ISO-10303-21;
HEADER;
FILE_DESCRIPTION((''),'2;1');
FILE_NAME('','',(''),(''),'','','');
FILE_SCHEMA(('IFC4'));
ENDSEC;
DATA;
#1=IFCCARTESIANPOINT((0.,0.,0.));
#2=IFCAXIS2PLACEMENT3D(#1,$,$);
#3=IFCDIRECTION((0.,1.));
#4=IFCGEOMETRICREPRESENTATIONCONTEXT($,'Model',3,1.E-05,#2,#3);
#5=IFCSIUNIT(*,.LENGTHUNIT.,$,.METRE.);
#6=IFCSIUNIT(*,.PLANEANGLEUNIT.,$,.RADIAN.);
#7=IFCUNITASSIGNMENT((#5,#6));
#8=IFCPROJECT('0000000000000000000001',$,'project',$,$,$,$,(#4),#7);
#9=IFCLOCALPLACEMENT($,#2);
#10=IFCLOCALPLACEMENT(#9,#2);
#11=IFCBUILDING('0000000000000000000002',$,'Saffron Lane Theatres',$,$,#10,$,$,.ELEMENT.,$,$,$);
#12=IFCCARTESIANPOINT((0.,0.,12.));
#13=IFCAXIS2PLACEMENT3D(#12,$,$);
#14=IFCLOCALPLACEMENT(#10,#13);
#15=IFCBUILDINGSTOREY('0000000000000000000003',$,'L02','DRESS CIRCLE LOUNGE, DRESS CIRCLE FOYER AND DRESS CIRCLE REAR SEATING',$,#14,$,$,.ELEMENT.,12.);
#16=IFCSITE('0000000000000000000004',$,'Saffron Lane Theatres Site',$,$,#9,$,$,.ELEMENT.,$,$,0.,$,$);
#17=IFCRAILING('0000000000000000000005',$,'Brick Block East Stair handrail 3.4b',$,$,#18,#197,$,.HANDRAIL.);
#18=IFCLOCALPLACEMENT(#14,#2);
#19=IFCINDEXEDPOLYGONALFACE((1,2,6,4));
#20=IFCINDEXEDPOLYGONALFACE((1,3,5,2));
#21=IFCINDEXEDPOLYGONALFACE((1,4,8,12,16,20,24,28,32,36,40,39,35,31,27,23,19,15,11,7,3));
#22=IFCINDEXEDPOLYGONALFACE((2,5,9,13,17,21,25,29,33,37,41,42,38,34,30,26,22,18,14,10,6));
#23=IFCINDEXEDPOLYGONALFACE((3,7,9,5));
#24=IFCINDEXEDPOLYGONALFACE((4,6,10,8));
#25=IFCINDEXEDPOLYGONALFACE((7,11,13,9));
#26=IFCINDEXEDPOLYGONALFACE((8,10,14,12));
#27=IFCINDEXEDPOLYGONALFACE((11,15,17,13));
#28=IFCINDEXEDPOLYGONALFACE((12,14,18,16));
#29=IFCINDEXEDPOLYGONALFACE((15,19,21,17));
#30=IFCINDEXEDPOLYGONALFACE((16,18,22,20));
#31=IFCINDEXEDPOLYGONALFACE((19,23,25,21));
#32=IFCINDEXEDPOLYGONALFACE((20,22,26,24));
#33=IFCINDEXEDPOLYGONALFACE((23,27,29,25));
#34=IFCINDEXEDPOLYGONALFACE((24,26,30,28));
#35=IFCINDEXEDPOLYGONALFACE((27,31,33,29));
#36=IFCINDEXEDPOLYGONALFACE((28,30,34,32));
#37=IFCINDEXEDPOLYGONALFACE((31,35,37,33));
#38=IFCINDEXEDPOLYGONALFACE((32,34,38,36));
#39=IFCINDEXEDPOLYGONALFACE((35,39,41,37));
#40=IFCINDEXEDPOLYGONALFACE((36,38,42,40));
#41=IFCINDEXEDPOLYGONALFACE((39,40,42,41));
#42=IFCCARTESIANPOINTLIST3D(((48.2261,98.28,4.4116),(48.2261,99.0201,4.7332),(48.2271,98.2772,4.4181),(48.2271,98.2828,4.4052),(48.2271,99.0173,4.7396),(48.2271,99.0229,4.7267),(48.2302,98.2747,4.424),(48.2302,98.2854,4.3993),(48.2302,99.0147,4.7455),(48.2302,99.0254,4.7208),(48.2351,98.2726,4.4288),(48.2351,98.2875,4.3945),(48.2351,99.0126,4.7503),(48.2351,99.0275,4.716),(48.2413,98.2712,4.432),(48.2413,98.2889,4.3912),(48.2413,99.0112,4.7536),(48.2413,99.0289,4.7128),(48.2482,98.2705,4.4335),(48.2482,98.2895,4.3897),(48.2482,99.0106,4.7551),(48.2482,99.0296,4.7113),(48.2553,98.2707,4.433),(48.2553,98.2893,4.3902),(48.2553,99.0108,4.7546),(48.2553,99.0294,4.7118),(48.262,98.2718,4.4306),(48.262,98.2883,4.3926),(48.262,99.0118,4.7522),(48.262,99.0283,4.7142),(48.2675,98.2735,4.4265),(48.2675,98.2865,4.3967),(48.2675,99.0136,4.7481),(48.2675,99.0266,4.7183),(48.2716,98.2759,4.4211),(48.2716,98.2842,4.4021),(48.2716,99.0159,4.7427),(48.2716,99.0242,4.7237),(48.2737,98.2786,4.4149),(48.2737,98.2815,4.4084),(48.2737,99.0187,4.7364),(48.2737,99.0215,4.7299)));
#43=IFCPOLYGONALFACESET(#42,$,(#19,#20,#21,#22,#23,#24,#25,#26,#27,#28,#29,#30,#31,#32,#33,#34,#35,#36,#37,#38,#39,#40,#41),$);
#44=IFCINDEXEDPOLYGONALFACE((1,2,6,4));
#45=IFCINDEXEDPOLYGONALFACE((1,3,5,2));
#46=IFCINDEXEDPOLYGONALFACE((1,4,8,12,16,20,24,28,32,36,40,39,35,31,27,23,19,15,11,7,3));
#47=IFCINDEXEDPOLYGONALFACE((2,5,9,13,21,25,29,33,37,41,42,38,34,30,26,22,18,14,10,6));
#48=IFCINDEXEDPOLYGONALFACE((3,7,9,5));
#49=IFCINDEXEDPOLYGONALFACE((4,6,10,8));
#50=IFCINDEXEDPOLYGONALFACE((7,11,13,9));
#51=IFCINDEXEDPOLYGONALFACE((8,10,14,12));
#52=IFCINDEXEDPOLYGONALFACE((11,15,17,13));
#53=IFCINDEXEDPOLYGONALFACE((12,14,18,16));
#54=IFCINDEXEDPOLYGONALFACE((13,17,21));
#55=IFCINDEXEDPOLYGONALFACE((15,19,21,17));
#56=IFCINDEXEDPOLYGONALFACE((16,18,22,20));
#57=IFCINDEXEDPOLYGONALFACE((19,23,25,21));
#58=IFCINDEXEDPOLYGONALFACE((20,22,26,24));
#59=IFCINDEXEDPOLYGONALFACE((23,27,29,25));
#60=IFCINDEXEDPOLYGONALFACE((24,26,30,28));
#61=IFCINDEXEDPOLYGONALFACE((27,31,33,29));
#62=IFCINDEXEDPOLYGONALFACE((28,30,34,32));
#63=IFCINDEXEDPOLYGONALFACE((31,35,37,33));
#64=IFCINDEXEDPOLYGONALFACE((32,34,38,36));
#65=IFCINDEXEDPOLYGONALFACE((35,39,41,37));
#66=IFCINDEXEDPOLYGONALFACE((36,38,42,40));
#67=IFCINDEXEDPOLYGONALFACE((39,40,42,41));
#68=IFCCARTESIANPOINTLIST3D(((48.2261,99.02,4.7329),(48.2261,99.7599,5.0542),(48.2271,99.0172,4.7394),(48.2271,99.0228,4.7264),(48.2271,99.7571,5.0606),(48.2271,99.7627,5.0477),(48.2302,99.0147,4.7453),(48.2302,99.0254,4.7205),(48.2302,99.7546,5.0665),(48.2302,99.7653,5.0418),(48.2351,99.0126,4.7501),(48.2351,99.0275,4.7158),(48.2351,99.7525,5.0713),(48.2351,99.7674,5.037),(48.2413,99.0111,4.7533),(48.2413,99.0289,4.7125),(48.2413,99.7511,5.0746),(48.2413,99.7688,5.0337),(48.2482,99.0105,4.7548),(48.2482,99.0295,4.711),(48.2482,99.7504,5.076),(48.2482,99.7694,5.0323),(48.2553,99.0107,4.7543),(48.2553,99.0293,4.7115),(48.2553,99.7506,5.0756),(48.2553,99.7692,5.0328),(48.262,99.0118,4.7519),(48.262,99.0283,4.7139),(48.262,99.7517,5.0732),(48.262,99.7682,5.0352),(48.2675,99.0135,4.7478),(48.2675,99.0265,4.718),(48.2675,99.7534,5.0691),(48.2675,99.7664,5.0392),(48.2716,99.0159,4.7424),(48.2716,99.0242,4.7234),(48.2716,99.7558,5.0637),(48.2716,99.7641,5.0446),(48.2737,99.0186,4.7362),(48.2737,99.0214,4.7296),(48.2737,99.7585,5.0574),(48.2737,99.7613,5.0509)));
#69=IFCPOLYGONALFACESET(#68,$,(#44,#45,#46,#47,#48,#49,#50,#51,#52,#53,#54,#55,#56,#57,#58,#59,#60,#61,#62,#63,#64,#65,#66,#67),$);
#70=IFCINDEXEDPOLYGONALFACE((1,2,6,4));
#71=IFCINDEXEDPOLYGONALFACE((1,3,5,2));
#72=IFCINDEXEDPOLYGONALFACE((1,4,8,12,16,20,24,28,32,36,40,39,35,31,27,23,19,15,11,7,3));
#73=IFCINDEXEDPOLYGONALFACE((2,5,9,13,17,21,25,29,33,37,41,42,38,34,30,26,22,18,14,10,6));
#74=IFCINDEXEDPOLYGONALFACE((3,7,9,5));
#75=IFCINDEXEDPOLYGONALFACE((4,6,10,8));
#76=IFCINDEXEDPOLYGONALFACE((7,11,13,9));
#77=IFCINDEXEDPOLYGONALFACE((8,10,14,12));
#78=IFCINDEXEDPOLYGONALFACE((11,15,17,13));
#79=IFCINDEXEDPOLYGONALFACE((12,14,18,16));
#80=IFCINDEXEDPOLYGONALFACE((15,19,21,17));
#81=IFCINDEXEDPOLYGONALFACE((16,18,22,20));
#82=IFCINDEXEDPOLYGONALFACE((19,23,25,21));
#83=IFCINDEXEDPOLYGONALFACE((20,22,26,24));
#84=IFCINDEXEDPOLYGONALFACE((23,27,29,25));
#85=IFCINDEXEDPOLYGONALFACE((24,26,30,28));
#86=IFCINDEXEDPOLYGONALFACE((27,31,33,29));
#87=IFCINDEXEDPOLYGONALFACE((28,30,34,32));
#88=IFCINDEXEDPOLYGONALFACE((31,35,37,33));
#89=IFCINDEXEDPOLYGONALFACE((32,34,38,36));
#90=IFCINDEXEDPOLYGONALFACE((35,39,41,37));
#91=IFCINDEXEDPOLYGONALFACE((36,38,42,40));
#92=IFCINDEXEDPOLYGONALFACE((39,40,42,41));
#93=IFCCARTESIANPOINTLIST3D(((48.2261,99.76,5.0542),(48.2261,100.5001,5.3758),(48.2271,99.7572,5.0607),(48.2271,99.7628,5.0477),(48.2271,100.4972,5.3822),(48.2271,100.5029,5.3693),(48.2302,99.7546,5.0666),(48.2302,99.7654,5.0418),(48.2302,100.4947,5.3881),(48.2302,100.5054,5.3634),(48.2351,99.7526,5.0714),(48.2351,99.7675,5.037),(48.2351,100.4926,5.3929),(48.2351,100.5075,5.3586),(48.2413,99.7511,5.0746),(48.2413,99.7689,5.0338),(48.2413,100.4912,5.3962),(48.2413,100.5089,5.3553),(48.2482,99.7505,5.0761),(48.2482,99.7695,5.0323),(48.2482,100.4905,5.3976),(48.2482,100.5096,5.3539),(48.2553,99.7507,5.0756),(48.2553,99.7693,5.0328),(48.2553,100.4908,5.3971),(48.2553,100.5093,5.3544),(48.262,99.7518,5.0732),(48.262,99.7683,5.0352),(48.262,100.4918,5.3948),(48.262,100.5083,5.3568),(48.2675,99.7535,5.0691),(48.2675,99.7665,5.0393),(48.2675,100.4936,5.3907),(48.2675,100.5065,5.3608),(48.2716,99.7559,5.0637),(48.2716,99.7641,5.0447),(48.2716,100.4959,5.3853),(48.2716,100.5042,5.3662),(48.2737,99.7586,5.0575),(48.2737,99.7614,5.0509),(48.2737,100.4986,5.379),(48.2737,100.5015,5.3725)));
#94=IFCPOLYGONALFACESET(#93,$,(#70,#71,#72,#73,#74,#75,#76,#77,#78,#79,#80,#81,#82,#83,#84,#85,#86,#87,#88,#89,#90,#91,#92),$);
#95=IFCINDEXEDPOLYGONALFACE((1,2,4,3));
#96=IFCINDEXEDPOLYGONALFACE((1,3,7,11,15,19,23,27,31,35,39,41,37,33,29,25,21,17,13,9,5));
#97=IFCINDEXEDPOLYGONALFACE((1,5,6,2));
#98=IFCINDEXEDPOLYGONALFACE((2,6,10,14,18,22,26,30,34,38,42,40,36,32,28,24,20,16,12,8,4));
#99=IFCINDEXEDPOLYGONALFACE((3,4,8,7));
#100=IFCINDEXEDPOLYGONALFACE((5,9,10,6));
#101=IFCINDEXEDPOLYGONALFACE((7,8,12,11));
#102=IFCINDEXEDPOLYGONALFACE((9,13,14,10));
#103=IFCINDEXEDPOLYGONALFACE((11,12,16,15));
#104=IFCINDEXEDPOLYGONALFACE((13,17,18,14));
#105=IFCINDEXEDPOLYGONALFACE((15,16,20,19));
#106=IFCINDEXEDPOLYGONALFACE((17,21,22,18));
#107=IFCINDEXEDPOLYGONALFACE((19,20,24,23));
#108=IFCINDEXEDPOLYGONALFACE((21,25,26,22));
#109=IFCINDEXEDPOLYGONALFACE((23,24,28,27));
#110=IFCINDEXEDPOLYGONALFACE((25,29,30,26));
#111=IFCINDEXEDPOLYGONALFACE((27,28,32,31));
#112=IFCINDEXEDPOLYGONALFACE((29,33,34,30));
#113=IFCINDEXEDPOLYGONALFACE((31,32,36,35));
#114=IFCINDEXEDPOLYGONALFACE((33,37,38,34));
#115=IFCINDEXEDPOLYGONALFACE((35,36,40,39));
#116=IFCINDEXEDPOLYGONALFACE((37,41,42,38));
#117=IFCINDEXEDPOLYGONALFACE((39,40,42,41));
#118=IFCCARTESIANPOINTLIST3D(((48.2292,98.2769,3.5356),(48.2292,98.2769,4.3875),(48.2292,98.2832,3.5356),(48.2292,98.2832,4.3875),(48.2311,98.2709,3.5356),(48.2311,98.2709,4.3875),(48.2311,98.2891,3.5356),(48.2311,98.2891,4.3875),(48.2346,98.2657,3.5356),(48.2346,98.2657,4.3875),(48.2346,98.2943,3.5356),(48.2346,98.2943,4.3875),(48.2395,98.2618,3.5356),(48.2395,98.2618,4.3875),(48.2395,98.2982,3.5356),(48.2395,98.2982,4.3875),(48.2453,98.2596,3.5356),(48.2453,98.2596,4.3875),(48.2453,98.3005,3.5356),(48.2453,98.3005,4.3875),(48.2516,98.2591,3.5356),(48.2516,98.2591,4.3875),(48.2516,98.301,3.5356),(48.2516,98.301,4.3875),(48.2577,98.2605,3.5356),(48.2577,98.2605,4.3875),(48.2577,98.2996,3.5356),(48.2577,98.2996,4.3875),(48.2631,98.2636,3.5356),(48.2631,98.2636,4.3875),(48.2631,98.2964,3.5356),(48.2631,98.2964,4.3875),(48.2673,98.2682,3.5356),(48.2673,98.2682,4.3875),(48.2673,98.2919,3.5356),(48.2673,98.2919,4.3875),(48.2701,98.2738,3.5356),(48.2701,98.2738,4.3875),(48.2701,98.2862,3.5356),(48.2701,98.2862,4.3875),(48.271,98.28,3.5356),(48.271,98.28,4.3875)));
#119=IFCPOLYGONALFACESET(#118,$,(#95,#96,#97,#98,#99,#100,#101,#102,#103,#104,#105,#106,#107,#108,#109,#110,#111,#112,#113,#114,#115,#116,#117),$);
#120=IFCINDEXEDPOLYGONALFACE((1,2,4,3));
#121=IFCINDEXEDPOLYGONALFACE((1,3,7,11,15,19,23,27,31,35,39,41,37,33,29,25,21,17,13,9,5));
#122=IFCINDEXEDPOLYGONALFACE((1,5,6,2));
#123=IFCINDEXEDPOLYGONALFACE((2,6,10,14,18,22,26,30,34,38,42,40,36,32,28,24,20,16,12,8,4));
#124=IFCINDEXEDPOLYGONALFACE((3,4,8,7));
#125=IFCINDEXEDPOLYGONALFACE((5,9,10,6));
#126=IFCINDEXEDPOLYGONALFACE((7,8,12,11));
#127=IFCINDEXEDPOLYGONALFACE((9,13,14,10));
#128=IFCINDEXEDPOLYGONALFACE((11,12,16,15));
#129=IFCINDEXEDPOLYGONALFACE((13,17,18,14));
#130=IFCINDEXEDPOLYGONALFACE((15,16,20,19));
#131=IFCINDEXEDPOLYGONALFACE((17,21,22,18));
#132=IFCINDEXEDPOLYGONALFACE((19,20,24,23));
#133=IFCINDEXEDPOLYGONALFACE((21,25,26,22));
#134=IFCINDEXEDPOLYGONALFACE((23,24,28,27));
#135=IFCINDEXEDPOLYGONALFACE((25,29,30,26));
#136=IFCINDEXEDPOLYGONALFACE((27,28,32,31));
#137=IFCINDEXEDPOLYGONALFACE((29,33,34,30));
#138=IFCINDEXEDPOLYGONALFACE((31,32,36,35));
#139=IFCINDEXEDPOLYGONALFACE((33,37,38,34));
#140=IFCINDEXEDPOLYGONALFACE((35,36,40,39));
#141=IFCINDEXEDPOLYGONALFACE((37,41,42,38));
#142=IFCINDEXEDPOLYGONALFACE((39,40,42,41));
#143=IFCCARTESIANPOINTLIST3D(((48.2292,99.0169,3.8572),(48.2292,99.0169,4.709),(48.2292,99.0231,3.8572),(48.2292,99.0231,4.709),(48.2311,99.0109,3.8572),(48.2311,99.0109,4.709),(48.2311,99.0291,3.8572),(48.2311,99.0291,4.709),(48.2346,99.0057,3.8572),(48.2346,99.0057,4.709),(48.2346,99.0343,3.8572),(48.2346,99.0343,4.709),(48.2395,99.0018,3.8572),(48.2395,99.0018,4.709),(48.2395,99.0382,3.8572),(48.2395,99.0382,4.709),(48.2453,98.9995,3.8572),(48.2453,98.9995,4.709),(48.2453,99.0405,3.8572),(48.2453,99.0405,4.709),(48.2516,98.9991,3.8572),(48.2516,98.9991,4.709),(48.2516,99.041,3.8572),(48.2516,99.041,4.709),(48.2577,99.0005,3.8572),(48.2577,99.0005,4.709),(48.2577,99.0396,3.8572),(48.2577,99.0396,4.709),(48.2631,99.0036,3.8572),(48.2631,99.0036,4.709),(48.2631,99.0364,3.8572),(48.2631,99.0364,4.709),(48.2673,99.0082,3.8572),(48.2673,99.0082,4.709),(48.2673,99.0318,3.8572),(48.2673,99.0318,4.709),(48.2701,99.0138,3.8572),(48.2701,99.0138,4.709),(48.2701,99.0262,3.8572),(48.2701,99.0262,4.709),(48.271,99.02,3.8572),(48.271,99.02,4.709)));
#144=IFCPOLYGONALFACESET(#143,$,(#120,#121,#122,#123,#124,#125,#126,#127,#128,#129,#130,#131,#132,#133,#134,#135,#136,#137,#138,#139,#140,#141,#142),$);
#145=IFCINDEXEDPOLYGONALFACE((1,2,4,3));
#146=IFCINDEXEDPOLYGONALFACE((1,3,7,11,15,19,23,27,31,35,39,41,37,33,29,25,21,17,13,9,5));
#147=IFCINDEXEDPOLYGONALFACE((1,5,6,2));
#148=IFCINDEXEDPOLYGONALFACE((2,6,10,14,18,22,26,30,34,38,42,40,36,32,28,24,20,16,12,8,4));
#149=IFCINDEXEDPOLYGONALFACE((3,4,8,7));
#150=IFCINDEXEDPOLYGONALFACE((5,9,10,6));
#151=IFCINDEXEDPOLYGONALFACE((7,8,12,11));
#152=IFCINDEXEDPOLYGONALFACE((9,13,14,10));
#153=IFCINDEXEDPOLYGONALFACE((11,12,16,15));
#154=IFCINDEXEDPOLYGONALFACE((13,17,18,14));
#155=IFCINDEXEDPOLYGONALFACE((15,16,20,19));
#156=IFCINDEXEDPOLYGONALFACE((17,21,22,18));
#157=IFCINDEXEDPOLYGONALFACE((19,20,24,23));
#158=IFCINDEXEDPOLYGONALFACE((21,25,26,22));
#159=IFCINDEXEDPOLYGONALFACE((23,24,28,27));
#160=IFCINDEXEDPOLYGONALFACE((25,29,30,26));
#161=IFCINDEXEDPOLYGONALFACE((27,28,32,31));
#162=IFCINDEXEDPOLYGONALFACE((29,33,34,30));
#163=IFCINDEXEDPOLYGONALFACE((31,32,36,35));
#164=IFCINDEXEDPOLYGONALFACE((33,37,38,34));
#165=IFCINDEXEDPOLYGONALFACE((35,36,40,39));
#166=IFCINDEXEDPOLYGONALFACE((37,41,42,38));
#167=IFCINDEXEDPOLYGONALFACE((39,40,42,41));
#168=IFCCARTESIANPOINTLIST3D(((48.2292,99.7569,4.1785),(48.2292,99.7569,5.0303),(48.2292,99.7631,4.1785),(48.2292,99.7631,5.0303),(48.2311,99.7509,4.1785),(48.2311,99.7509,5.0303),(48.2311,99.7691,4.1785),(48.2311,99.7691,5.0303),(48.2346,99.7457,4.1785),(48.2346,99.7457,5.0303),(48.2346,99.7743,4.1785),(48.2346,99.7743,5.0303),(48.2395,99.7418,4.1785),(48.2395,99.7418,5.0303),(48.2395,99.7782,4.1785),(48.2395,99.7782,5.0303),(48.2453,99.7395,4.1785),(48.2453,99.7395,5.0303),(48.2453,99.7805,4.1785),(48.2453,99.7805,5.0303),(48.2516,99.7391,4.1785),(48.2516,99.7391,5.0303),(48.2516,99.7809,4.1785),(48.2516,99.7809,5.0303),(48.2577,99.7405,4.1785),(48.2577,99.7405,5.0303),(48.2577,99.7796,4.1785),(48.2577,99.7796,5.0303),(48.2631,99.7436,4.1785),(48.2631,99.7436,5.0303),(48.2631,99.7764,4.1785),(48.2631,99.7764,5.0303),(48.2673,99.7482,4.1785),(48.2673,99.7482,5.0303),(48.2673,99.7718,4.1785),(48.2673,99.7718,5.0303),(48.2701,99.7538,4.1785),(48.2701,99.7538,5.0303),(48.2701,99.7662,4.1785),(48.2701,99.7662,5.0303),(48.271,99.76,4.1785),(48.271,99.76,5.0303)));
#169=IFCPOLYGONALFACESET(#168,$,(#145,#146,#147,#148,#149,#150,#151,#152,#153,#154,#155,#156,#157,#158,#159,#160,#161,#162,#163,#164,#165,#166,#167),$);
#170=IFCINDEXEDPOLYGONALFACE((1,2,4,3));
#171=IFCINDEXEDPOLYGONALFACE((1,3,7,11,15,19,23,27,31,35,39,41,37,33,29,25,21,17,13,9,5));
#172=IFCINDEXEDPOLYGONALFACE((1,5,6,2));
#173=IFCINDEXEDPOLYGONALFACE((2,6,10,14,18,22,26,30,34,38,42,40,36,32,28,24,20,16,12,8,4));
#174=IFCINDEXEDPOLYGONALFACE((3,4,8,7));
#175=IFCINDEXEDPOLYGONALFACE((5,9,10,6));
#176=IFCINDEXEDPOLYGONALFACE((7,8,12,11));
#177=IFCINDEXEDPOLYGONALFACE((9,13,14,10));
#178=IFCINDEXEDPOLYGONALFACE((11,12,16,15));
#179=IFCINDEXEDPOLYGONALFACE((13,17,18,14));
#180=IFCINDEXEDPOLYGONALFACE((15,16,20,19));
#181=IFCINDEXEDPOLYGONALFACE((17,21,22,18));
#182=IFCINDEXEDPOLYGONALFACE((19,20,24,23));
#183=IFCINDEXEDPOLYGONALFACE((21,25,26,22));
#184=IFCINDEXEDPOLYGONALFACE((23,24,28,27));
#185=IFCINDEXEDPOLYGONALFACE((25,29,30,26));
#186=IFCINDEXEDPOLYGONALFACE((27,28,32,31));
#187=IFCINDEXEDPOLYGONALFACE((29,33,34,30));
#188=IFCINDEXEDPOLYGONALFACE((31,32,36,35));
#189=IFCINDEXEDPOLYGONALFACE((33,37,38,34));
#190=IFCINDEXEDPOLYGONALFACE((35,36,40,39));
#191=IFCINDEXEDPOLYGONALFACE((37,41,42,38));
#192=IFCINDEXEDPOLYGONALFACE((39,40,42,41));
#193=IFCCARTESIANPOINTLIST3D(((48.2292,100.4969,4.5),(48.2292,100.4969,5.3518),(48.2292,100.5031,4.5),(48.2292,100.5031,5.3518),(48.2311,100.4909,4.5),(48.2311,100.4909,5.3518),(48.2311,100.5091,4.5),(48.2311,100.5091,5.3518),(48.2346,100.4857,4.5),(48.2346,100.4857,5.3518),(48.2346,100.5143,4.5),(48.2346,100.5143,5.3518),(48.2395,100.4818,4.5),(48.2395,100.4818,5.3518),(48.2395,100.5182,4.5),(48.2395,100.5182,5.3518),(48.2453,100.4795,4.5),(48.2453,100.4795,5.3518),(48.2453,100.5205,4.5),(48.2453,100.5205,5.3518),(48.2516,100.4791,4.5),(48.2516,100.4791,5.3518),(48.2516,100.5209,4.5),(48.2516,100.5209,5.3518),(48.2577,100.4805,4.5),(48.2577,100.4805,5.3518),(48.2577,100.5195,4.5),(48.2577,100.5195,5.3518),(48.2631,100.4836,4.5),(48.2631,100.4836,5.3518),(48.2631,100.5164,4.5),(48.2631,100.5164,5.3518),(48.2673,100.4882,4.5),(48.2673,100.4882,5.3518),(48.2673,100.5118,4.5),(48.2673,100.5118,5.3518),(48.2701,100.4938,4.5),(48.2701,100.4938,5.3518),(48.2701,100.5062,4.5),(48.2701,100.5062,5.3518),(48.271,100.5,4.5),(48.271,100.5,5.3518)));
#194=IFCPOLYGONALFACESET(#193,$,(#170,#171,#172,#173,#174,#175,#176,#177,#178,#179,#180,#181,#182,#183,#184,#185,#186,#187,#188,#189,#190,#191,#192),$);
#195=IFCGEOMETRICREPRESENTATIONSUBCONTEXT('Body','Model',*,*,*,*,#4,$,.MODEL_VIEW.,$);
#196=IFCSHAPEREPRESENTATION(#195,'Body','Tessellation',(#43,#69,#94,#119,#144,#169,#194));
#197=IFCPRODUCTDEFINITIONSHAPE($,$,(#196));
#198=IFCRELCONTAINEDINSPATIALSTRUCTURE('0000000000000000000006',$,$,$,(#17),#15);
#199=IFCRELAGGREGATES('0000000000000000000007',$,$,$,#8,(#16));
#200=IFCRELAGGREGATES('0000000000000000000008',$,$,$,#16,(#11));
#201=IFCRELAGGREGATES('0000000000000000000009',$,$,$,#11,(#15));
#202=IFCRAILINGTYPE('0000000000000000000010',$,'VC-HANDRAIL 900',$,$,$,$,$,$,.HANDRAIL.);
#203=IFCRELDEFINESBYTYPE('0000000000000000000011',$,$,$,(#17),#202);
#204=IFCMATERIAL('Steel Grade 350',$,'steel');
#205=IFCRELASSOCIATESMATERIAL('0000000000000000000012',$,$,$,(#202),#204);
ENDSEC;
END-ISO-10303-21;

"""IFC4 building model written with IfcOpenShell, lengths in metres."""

from ifc_helpers import new_model, si_unit, direction, frame, origin, origin_2d, place, context, subcontext, project, spatial, circle, extrude, material, type_object, element, save


model = new_model("IFC4")

# Units and contexts
model_context = context("Model", 3, precision=1e-05, world=origin(), true_north=direction((0.0, 1.0)))
body_context = subcontext(model_context, "Body", "Model", "MODEL_VIEW")
ifc_project = project(units=[si_unit("LENGTHUNIT", "METRE"), si_unit("PLANEANGLEUNIT", "RADIAN")], contexts=[model_context])

# Site, building, storey
site_placement = place(None, origin())
site = spatial("IfcSite", under=ifc_project, at=site_placement, Name="Saffron Lane Theatres Site", CompositionType="ELEMENT", RefElevation=0.0)
building_placement = place(site_placement, origin())
building = spatial("IfcBuilding", under=site, at=building_placement, Name="Saffron Lane Theatres", CompositionType="ELEMENT")
storey_placement = place(building_placement, frame((0.0, 0.0, 12.0)))
storey = spatial("IfcBuildingStorey", under=building, at=storey_placement, Name="L02", Description="DRESS CIRCLE LOUNGE, DRESS CIRCLE FOYER AND DRESS CIRCLE REAR SEATING", CompositionType="ELEMENT", Elevation=12.0)

# Railing
ifc_material_1 = material(Name="Steel Grade 350", Category="steel")
railing_type_1 = type_object("IfcRailingType", Name="VC-HANDRAIL 900", PredefinedType="HANDRAIL", material=ifc_material_1)
railing_placement = place(storey_placement, frame((48.25, 98.28, 3.5356)))
element("IfcRailing", 1, at=railing_placement, inside=storey, type_object=railing_type_1, Name="Brick Block East Stair handrail 3.4b", PredefinedType="HANDRAIL", context=body_context, shape_type="SweptSolid", body=[
    extrude(circle(Radius=0.0239, at=origin_2d()), frame((0.0, 0.0, 0.876), z_axis=(0.0, 0.917161, 0.398516), x_axis=(-1.0, 0.0, 0.0)), (0.0, 0.0, 1.0), 0.8069),
    extrude(circle(Radius=0.0239, at=origin_2d()), frame((0.0, 0.74, 1.1973), z_axis=(0.0, 0.917272, 0.398261), x_axis=(-1.0, 0.0, 0.0)), (0.0, 0.0, 1.0), 0.8066),
    extrude(circle(Radius=0.0239, at=origin_2d()), frame((0.0, 1.48, 1.5186), z_axis=(0.0, 0.917161, 0.398516), x_axis=(-1.0, 0.0, 0.0)), (0.0, 0.0, 1.0), 0.8069),
    extrude(circle(Radius=0.021, at=origin_2d()), origin(), (0.0, 0.0, 1.0), 0.8518),
    extrude(circle(Radius=0.021, at=origin_2d()), frame((0.0, 0.74, 0.3215)), (0.0, 0.0, 1.0), 0.8518),
    extrude(circle(Radius=0.021, at=origin_2d()), frame((0.0, 1.48, 0.6428)), (0.0, 0.0, 1.0), 0.8518),
    extrude(circle(Radius=0.021, at=origin_2d()), frame((0.0, 2.22, 0.9644)), (0.0, 0.0, 1.0), 0.8518),
])

save(model, "model.ifc")
